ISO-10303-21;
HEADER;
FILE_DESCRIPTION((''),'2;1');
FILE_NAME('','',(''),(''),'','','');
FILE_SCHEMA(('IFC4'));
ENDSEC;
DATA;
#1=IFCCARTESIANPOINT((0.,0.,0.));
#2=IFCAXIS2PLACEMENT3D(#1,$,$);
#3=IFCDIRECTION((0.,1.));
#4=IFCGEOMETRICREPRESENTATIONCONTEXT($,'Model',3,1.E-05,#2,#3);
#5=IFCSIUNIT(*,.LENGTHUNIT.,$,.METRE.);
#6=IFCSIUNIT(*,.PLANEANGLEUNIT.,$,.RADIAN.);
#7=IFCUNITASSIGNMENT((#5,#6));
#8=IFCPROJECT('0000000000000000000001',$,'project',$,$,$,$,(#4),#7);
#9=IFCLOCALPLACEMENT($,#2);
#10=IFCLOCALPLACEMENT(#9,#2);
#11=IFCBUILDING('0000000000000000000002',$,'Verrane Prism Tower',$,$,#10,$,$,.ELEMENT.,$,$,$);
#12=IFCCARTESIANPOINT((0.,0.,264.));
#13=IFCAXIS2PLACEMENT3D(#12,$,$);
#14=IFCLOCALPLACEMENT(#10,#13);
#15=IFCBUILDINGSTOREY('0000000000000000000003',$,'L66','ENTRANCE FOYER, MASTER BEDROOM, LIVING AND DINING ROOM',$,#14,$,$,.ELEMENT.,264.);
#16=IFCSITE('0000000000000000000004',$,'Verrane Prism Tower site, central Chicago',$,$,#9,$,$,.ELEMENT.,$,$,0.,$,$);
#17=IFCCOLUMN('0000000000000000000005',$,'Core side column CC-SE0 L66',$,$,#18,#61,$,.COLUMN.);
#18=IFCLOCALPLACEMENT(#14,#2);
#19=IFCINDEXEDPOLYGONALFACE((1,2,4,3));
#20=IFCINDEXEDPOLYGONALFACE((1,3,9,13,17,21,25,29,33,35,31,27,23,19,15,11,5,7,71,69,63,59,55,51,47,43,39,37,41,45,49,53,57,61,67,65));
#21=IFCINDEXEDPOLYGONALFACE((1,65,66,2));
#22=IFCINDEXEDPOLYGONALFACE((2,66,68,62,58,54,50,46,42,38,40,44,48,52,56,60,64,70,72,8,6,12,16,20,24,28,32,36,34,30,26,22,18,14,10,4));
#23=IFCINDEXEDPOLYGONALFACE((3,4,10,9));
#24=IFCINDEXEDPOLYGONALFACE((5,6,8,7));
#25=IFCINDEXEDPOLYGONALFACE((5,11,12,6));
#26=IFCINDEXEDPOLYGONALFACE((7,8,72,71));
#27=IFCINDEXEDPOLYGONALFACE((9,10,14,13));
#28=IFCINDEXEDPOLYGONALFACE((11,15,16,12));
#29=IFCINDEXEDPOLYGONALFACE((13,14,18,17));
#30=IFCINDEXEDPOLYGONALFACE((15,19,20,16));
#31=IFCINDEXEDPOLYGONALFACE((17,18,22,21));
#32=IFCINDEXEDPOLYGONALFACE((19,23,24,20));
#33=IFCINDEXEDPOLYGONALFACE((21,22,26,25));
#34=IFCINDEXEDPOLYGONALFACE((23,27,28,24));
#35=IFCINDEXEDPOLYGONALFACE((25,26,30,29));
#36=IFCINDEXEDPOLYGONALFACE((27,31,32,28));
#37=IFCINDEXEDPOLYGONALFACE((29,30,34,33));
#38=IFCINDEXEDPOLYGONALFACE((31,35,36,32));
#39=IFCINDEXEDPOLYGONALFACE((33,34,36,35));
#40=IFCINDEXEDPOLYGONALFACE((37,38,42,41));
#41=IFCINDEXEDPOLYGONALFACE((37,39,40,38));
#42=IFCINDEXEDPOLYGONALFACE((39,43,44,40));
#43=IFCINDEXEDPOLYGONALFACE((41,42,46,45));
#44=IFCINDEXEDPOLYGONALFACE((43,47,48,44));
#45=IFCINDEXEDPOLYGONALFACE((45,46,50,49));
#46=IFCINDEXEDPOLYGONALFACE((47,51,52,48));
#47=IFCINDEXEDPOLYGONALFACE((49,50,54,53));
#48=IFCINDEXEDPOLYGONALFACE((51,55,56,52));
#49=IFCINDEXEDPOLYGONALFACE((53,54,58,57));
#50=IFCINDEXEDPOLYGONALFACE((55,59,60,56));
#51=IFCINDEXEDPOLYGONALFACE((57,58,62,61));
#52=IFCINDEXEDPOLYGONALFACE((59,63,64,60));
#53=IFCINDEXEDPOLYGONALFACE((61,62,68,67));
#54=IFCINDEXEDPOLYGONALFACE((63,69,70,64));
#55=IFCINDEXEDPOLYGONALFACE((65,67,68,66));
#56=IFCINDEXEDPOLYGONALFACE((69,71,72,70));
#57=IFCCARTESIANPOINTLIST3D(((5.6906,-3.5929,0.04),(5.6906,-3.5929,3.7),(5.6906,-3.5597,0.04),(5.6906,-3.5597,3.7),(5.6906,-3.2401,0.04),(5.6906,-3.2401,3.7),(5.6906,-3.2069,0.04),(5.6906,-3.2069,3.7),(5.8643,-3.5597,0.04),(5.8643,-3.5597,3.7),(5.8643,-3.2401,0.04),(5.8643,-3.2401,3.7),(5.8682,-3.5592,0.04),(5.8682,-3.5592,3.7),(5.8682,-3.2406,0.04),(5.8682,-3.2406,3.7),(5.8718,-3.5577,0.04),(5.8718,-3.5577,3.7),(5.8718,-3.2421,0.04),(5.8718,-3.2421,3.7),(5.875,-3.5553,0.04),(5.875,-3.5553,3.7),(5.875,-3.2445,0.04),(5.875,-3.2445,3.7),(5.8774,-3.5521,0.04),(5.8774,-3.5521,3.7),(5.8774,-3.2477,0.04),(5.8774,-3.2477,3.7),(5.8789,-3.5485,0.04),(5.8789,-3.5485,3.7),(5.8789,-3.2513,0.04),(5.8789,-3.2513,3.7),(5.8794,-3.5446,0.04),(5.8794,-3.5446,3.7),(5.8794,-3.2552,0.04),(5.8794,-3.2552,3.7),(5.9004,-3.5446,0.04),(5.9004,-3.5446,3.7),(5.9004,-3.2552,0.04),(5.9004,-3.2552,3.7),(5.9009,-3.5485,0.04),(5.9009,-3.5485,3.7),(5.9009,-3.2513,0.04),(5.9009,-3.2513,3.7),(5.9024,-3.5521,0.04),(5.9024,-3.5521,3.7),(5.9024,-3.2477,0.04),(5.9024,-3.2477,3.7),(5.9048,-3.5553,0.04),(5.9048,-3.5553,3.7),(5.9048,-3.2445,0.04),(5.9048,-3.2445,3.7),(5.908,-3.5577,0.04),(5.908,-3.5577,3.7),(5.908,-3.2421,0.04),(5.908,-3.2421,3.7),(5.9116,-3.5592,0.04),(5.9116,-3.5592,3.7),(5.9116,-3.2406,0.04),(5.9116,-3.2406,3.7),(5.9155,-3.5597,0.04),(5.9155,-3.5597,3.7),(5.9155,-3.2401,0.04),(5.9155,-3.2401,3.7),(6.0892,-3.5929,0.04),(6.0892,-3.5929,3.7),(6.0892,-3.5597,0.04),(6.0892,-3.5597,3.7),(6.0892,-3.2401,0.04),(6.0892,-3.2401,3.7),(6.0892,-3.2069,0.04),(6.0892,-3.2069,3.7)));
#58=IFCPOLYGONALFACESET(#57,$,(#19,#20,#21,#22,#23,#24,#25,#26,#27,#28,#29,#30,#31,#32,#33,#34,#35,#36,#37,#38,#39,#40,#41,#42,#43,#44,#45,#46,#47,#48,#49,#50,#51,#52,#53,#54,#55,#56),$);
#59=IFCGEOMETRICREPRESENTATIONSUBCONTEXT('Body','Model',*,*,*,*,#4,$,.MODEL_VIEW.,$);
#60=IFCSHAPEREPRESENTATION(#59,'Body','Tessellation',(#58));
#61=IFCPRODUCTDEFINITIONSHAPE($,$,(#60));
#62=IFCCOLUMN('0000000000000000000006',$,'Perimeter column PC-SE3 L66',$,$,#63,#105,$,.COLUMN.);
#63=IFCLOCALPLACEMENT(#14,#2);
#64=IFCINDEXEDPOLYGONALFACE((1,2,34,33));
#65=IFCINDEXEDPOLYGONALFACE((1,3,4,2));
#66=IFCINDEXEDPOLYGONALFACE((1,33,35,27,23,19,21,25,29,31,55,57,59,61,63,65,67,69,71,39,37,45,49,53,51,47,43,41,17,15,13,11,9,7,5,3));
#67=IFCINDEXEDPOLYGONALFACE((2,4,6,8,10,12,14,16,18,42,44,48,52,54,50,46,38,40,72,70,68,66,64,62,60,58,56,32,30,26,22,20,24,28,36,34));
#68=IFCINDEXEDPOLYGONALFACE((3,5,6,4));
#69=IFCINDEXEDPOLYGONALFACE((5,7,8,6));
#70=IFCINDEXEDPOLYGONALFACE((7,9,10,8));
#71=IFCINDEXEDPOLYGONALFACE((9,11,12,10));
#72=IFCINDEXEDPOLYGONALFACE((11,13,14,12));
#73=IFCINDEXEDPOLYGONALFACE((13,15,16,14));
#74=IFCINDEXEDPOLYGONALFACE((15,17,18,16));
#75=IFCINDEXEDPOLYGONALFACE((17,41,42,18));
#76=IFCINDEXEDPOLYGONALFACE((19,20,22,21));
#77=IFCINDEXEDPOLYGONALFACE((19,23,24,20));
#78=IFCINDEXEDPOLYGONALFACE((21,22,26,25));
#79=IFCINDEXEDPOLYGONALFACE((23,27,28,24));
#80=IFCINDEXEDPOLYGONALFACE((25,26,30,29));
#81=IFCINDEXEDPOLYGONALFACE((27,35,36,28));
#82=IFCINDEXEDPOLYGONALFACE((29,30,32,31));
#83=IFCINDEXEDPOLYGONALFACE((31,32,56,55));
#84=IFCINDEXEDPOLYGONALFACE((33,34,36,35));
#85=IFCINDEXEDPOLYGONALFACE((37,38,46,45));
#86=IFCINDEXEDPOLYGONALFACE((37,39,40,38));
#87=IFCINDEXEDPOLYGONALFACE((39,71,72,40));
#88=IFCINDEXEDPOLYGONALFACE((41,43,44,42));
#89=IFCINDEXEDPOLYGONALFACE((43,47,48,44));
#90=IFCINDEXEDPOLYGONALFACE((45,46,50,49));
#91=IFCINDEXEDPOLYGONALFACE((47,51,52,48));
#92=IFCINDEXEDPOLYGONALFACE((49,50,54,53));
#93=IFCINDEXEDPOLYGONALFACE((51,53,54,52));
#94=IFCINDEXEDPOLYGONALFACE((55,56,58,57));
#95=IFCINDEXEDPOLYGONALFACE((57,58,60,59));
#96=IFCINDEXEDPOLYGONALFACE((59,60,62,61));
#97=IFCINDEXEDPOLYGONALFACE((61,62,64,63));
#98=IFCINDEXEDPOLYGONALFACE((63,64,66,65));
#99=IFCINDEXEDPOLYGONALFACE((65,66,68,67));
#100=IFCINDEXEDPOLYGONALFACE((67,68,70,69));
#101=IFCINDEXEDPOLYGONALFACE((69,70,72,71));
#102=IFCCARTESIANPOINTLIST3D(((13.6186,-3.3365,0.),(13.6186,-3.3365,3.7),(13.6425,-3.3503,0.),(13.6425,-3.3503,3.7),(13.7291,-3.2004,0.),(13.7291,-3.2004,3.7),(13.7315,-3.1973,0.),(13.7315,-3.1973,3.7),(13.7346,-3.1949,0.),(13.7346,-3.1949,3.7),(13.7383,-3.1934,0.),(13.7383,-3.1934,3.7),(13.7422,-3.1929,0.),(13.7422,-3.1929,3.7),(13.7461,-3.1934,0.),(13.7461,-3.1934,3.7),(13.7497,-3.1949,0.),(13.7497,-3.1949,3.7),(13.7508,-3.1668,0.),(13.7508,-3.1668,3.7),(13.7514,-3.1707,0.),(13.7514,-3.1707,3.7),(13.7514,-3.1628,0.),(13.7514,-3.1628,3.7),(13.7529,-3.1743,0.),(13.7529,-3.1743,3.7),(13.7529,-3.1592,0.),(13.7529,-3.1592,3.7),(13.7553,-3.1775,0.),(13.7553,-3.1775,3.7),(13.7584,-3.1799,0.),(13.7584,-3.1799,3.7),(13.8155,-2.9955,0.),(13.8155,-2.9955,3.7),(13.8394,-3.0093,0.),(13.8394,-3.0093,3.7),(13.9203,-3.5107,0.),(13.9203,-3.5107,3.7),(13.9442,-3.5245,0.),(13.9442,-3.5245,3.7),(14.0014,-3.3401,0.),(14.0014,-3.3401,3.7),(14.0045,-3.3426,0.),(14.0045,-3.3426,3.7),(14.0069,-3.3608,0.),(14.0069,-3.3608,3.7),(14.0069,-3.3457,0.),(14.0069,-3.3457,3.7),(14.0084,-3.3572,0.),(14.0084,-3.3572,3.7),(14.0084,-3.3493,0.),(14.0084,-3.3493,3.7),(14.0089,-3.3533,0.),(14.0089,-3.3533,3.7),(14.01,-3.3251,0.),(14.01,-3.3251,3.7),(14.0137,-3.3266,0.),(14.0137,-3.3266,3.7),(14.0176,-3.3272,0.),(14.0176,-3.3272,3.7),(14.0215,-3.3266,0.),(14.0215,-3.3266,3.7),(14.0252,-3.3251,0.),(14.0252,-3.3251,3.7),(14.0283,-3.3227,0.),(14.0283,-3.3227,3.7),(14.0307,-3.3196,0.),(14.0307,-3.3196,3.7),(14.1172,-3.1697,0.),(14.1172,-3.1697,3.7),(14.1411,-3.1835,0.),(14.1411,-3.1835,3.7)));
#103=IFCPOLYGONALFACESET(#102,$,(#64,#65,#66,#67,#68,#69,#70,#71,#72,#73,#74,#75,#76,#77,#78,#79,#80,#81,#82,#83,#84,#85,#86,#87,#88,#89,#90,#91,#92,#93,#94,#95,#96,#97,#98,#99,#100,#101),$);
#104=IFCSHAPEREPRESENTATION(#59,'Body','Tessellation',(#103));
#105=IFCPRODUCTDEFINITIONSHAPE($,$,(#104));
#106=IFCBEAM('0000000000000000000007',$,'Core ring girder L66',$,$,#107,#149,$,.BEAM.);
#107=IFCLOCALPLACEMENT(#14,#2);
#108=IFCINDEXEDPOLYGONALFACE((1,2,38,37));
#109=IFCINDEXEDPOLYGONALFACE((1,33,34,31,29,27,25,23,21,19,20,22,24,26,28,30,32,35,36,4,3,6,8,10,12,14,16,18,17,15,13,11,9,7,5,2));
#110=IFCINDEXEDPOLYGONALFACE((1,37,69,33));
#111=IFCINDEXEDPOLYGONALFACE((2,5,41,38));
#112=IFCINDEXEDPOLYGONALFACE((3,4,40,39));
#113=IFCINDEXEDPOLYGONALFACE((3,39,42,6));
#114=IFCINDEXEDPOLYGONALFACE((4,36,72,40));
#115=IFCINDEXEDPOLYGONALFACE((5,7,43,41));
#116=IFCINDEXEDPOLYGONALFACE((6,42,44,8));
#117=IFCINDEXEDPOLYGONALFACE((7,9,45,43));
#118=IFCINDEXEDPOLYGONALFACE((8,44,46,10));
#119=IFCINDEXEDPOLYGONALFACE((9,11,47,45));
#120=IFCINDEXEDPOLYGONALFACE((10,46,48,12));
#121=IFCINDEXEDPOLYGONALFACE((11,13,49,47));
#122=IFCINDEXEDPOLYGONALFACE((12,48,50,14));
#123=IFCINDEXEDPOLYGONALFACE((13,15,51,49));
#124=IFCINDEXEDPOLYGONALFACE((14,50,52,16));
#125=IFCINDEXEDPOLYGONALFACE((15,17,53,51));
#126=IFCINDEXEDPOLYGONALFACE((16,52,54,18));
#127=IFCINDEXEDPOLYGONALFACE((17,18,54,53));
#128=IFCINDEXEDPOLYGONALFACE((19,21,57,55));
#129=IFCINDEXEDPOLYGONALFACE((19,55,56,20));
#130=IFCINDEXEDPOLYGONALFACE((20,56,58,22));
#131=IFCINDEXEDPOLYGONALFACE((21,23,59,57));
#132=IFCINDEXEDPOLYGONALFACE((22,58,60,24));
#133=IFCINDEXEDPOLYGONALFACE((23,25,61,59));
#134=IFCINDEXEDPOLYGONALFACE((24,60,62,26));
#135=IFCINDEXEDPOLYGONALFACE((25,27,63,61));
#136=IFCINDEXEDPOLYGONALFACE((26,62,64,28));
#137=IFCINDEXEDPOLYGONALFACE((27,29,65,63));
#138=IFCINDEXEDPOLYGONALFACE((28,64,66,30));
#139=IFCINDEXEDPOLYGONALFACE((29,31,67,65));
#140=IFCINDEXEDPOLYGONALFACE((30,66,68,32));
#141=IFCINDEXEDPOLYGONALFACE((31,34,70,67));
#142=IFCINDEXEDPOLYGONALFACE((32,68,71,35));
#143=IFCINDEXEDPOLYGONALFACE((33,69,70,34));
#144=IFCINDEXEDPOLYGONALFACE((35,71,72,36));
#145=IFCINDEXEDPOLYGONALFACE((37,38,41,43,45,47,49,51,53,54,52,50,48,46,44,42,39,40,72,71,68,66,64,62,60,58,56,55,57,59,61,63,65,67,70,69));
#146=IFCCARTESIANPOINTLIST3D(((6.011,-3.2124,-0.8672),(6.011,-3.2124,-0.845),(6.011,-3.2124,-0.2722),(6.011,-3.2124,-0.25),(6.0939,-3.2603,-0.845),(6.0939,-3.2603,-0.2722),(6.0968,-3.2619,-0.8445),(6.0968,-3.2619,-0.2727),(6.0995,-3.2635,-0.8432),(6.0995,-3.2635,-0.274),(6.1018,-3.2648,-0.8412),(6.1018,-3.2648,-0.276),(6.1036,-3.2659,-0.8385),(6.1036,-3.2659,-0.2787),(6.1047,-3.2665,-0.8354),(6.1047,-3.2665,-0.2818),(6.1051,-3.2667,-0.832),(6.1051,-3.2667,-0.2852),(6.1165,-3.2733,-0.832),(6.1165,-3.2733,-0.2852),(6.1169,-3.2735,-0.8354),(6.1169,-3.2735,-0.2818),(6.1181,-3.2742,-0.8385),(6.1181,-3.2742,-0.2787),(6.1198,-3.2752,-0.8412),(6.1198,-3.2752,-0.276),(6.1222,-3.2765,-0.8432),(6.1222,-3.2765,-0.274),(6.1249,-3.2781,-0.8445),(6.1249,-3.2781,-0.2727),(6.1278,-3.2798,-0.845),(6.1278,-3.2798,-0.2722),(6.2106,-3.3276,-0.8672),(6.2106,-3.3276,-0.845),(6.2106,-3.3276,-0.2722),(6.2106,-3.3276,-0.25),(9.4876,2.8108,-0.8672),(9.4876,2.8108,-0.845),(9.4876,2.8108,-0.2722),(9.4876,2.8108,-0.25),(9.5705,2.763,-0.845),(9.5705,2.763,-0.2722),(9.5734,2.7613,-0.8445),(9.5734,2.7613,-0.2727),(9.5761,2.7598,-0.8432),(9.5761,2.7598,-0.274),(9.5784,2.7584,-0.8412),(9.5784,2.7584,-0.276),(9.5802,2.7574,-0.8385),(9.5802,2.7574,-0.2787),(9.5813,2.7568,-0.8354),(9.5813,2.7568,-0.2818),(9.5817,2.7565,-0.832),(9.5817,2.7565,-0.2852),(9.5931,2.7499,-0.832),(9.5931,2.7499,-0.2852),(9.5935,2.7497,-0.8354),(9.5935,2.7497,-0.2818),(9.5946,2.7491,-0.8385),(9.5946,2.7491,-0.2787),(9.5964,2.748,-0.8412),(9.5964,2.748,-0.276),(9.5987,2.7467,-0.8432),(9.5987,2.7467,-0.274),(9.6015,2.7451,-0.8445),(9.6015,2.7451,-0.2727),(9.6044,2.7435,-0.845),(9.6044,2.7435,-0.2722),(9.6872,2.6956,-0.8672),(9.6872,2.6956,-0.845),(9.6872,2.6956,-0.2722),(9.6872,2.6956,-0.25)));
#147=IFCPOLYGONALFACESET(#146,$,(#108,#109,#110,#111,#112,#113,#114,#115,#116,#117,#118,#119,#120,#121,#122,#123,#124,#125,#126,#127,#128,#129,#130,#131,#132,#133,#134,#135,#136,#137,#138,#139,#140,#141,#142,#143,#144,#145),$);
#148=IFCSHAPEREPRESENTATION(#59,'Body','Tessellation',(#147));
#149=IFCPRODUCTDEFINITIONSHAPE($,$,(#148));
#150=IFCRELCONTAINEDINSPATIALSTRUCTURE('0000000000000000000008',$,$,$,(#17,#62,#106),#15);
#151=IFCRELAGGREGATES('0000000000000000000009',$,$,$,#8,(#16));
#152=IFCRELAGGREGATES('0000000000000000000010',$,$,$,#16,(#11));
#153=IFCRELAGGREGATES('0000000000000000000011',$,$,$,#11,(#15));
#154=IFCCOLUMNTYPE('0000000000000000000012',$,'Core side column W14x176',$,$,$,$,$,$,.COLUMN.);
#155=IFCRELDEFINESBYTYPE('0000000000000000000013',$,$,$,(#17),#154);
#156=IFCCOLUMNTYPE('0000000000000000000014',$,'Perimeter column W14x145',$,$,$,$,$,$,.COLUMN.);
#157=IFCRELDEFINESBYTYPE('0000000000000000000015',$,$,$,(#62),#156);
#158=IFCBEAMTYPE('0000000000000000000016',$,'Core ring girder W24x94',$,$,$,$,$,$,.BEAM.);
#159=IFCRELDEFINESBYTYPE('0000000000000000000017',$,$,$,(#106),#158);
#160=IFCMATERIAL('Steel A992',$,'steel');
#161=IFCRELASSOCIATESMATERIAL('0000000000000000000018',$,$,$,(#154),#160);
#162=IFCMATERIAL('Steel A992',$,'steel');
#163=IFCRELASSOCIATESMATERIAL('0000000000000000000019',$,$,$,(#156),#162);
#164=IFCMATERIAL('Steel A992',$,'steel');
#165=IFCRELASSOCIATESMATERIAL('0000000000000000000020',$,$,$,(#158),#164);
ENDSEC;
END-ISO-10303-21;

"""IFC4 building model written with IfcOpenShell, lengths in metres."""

from ifc_helpers import new_model, si_unit, direction, frame, origin, origin_2d, place, context, subcontext, project, spatial, i_section, extrude, material, material_profile, profile_set, type_object, element, save


model = new_model("IFC4")

# Units and contexts
model_context = context("Model", 3, precision=1e-05, world=origin(), true_north=direction((0.0, 1.0)))
body_context = subcontext(model_context, "Body", "Model", "MODEL_VIEW")
ifc_project = project(units=[si_unit("LENGTHUNIT", "METRE"), si_unit("PLANEANGLEUNIT", "RADIAN")], contexts=[model_context])

# Site, building, storey
site_placement = place(None, origin())
site = spatial("IfcSite", under=ifc_project, at=site_placement, Name="Verrane Prism Tower site, central Chicago", CompositionType="ELEMENT", RefElevation=0.0)
building_placement = place(site_placement, origin())
building = spatial("IfcBuilding", under=site, at=building_placement, Name="Verrane Prism Tower", CompositionType="ELEMENT")
storey_placement = place(building_placement, frame((0.0, 0.0, 264.0)))
storey = spatial("IfcBuildingStorey", under=building, at=storey_placement, Name="L66", Description="ENTRANCE FOYER, MASTER BEDROOM, LIVING AND DINING ROOM", CompositionType="ELEMENT", Elevation=264.0)

# Columns
ifc_material_1 = material(Name="Steel A992", Category="steel")
ifc_material_profile_1 = material_profile(ifc_material_1, i_section(OverallWidth=0.3987, OverallDepth=0.386, WebThickness=0.021, FlangeThickness=0.0332, FilletRadius=0.0151, at=origin_2d()), Name="W14x176")
ifc_profile_set_1 = profile_set([ifc_material_profile_1], Name="Steel A992")
column_type_1 = type_object("IfcColumnType", Name="Core side column W14x176", PredefinedType="COLUMN", material=ifc_profile_set_1)
column_1_placement = place(storey_placement, frame((5.8899, -3.3999, 0.04), z_axis=(0.0, 0.0, 1.0), x_axis=(1.0, 0.0, 0.0)))
element("IfcColumn", 1, at=column_1_placement, inside=storey, type_object=column_type_1, Name="Core side column CC-SE0 L66", PredefinedType="COLUMN", context=body_context, shape_type="SweptSolid", body=[
    extrude(i_section(OverallWidth=0.3987, OverallDepth=0.386, WebThickness=0.021, FlangeThickness=0.0332, FilletRadius=0.0151, at=origin_2d()), origin(), (0.0, 0.0, 1.0), 3.6599),
])
ifc_material_2 = material(Name="Steel A992", Category="steel")
ifc_material_profile_2 = material_profile(ifc_material_2, i_section(OverallWidth=0.3938, OverallDepth=0.376, WebThickness=0.0173, FlangeThickness=0.0276, FilletRadius=0.0151, at=origin_2d()), Name="W14x145")
ifc_profile_set_2 = profile_set([ifc_material_profile_2], Name="Steel A992")
column_type_2 = type_object("IfcColumnType", Name="Perimeter column W14x145", PredefinedType="COLUMN", material=ifc_profile_set_2)
column_2_placement = place(storey_placement, frame((13.8799, -3.26, 0.0), z_axis=(0.0, 0.0, 1.0), x_axis=(-0.5, -0.866025, 0.0)))
element("IfcColumn", 2, at=column_2_placement, inside=storey, type_object=column_type_2, Name="Perimeter column PC-SE3 L66", PredefinedType="COLUMN", context=body_context, shape_type="SweptSolid", body=[
    extrude(i_section(OverallWidth=0.3938, OverallDepth=0.376, WebThickness=0.0173, FlangeThickness=0.0276, FilletRadius=0.0151, at=origin_2d()), origin(), (0.0, 0.0, 1.0), 3.7),
])

# Beam
ifc_material_3 = material(Name="Steel A992", Category="steel")
ifc_material_profile_3 = material_profile(ifc_material_3, i_section(OverallWidth=0.2305, OverallDepth=0.6172, WebThickness=0.0132, FlangeThickness=0.0222, FilletRadius=0.0129, at=origin_2d()), Name="W24x94")
ifc_profile_set_3 = profile_set([ifc_material_profile_3], Name="Steel A992")
beam_type_1 = type_object("IfcBeamType", Name="Core ring girder W24x94", PredefinedType="BEAM", material=ifc_profile_set_3)
beam_1_placement = place(storey_placement, frame((6.1108, -3.27, -0.5586), z_axis=(0.4999, 0.866083, 0.0), x_axis=(-0.866083, 0.4999, 0.0)))
element("IfcBeam", 3, at=beam_1_placement, inside=storey, type_object=beam_type_1, Name="Core ring girder L66", PredefinedType="BEAM", context=body_context, shape_type="SweptSolid", body=[
    extrude(i_section(OverallWidth=0.2305, OverallDepth=0.6172, WebThickness=0.0132, FlangeThickness=0.0222, FilletRadius=0.0129, at=origin_2d()), origin(), (0.0, 0.0, 1.0), 6.9546),
])

save(model, "model.ifc")
